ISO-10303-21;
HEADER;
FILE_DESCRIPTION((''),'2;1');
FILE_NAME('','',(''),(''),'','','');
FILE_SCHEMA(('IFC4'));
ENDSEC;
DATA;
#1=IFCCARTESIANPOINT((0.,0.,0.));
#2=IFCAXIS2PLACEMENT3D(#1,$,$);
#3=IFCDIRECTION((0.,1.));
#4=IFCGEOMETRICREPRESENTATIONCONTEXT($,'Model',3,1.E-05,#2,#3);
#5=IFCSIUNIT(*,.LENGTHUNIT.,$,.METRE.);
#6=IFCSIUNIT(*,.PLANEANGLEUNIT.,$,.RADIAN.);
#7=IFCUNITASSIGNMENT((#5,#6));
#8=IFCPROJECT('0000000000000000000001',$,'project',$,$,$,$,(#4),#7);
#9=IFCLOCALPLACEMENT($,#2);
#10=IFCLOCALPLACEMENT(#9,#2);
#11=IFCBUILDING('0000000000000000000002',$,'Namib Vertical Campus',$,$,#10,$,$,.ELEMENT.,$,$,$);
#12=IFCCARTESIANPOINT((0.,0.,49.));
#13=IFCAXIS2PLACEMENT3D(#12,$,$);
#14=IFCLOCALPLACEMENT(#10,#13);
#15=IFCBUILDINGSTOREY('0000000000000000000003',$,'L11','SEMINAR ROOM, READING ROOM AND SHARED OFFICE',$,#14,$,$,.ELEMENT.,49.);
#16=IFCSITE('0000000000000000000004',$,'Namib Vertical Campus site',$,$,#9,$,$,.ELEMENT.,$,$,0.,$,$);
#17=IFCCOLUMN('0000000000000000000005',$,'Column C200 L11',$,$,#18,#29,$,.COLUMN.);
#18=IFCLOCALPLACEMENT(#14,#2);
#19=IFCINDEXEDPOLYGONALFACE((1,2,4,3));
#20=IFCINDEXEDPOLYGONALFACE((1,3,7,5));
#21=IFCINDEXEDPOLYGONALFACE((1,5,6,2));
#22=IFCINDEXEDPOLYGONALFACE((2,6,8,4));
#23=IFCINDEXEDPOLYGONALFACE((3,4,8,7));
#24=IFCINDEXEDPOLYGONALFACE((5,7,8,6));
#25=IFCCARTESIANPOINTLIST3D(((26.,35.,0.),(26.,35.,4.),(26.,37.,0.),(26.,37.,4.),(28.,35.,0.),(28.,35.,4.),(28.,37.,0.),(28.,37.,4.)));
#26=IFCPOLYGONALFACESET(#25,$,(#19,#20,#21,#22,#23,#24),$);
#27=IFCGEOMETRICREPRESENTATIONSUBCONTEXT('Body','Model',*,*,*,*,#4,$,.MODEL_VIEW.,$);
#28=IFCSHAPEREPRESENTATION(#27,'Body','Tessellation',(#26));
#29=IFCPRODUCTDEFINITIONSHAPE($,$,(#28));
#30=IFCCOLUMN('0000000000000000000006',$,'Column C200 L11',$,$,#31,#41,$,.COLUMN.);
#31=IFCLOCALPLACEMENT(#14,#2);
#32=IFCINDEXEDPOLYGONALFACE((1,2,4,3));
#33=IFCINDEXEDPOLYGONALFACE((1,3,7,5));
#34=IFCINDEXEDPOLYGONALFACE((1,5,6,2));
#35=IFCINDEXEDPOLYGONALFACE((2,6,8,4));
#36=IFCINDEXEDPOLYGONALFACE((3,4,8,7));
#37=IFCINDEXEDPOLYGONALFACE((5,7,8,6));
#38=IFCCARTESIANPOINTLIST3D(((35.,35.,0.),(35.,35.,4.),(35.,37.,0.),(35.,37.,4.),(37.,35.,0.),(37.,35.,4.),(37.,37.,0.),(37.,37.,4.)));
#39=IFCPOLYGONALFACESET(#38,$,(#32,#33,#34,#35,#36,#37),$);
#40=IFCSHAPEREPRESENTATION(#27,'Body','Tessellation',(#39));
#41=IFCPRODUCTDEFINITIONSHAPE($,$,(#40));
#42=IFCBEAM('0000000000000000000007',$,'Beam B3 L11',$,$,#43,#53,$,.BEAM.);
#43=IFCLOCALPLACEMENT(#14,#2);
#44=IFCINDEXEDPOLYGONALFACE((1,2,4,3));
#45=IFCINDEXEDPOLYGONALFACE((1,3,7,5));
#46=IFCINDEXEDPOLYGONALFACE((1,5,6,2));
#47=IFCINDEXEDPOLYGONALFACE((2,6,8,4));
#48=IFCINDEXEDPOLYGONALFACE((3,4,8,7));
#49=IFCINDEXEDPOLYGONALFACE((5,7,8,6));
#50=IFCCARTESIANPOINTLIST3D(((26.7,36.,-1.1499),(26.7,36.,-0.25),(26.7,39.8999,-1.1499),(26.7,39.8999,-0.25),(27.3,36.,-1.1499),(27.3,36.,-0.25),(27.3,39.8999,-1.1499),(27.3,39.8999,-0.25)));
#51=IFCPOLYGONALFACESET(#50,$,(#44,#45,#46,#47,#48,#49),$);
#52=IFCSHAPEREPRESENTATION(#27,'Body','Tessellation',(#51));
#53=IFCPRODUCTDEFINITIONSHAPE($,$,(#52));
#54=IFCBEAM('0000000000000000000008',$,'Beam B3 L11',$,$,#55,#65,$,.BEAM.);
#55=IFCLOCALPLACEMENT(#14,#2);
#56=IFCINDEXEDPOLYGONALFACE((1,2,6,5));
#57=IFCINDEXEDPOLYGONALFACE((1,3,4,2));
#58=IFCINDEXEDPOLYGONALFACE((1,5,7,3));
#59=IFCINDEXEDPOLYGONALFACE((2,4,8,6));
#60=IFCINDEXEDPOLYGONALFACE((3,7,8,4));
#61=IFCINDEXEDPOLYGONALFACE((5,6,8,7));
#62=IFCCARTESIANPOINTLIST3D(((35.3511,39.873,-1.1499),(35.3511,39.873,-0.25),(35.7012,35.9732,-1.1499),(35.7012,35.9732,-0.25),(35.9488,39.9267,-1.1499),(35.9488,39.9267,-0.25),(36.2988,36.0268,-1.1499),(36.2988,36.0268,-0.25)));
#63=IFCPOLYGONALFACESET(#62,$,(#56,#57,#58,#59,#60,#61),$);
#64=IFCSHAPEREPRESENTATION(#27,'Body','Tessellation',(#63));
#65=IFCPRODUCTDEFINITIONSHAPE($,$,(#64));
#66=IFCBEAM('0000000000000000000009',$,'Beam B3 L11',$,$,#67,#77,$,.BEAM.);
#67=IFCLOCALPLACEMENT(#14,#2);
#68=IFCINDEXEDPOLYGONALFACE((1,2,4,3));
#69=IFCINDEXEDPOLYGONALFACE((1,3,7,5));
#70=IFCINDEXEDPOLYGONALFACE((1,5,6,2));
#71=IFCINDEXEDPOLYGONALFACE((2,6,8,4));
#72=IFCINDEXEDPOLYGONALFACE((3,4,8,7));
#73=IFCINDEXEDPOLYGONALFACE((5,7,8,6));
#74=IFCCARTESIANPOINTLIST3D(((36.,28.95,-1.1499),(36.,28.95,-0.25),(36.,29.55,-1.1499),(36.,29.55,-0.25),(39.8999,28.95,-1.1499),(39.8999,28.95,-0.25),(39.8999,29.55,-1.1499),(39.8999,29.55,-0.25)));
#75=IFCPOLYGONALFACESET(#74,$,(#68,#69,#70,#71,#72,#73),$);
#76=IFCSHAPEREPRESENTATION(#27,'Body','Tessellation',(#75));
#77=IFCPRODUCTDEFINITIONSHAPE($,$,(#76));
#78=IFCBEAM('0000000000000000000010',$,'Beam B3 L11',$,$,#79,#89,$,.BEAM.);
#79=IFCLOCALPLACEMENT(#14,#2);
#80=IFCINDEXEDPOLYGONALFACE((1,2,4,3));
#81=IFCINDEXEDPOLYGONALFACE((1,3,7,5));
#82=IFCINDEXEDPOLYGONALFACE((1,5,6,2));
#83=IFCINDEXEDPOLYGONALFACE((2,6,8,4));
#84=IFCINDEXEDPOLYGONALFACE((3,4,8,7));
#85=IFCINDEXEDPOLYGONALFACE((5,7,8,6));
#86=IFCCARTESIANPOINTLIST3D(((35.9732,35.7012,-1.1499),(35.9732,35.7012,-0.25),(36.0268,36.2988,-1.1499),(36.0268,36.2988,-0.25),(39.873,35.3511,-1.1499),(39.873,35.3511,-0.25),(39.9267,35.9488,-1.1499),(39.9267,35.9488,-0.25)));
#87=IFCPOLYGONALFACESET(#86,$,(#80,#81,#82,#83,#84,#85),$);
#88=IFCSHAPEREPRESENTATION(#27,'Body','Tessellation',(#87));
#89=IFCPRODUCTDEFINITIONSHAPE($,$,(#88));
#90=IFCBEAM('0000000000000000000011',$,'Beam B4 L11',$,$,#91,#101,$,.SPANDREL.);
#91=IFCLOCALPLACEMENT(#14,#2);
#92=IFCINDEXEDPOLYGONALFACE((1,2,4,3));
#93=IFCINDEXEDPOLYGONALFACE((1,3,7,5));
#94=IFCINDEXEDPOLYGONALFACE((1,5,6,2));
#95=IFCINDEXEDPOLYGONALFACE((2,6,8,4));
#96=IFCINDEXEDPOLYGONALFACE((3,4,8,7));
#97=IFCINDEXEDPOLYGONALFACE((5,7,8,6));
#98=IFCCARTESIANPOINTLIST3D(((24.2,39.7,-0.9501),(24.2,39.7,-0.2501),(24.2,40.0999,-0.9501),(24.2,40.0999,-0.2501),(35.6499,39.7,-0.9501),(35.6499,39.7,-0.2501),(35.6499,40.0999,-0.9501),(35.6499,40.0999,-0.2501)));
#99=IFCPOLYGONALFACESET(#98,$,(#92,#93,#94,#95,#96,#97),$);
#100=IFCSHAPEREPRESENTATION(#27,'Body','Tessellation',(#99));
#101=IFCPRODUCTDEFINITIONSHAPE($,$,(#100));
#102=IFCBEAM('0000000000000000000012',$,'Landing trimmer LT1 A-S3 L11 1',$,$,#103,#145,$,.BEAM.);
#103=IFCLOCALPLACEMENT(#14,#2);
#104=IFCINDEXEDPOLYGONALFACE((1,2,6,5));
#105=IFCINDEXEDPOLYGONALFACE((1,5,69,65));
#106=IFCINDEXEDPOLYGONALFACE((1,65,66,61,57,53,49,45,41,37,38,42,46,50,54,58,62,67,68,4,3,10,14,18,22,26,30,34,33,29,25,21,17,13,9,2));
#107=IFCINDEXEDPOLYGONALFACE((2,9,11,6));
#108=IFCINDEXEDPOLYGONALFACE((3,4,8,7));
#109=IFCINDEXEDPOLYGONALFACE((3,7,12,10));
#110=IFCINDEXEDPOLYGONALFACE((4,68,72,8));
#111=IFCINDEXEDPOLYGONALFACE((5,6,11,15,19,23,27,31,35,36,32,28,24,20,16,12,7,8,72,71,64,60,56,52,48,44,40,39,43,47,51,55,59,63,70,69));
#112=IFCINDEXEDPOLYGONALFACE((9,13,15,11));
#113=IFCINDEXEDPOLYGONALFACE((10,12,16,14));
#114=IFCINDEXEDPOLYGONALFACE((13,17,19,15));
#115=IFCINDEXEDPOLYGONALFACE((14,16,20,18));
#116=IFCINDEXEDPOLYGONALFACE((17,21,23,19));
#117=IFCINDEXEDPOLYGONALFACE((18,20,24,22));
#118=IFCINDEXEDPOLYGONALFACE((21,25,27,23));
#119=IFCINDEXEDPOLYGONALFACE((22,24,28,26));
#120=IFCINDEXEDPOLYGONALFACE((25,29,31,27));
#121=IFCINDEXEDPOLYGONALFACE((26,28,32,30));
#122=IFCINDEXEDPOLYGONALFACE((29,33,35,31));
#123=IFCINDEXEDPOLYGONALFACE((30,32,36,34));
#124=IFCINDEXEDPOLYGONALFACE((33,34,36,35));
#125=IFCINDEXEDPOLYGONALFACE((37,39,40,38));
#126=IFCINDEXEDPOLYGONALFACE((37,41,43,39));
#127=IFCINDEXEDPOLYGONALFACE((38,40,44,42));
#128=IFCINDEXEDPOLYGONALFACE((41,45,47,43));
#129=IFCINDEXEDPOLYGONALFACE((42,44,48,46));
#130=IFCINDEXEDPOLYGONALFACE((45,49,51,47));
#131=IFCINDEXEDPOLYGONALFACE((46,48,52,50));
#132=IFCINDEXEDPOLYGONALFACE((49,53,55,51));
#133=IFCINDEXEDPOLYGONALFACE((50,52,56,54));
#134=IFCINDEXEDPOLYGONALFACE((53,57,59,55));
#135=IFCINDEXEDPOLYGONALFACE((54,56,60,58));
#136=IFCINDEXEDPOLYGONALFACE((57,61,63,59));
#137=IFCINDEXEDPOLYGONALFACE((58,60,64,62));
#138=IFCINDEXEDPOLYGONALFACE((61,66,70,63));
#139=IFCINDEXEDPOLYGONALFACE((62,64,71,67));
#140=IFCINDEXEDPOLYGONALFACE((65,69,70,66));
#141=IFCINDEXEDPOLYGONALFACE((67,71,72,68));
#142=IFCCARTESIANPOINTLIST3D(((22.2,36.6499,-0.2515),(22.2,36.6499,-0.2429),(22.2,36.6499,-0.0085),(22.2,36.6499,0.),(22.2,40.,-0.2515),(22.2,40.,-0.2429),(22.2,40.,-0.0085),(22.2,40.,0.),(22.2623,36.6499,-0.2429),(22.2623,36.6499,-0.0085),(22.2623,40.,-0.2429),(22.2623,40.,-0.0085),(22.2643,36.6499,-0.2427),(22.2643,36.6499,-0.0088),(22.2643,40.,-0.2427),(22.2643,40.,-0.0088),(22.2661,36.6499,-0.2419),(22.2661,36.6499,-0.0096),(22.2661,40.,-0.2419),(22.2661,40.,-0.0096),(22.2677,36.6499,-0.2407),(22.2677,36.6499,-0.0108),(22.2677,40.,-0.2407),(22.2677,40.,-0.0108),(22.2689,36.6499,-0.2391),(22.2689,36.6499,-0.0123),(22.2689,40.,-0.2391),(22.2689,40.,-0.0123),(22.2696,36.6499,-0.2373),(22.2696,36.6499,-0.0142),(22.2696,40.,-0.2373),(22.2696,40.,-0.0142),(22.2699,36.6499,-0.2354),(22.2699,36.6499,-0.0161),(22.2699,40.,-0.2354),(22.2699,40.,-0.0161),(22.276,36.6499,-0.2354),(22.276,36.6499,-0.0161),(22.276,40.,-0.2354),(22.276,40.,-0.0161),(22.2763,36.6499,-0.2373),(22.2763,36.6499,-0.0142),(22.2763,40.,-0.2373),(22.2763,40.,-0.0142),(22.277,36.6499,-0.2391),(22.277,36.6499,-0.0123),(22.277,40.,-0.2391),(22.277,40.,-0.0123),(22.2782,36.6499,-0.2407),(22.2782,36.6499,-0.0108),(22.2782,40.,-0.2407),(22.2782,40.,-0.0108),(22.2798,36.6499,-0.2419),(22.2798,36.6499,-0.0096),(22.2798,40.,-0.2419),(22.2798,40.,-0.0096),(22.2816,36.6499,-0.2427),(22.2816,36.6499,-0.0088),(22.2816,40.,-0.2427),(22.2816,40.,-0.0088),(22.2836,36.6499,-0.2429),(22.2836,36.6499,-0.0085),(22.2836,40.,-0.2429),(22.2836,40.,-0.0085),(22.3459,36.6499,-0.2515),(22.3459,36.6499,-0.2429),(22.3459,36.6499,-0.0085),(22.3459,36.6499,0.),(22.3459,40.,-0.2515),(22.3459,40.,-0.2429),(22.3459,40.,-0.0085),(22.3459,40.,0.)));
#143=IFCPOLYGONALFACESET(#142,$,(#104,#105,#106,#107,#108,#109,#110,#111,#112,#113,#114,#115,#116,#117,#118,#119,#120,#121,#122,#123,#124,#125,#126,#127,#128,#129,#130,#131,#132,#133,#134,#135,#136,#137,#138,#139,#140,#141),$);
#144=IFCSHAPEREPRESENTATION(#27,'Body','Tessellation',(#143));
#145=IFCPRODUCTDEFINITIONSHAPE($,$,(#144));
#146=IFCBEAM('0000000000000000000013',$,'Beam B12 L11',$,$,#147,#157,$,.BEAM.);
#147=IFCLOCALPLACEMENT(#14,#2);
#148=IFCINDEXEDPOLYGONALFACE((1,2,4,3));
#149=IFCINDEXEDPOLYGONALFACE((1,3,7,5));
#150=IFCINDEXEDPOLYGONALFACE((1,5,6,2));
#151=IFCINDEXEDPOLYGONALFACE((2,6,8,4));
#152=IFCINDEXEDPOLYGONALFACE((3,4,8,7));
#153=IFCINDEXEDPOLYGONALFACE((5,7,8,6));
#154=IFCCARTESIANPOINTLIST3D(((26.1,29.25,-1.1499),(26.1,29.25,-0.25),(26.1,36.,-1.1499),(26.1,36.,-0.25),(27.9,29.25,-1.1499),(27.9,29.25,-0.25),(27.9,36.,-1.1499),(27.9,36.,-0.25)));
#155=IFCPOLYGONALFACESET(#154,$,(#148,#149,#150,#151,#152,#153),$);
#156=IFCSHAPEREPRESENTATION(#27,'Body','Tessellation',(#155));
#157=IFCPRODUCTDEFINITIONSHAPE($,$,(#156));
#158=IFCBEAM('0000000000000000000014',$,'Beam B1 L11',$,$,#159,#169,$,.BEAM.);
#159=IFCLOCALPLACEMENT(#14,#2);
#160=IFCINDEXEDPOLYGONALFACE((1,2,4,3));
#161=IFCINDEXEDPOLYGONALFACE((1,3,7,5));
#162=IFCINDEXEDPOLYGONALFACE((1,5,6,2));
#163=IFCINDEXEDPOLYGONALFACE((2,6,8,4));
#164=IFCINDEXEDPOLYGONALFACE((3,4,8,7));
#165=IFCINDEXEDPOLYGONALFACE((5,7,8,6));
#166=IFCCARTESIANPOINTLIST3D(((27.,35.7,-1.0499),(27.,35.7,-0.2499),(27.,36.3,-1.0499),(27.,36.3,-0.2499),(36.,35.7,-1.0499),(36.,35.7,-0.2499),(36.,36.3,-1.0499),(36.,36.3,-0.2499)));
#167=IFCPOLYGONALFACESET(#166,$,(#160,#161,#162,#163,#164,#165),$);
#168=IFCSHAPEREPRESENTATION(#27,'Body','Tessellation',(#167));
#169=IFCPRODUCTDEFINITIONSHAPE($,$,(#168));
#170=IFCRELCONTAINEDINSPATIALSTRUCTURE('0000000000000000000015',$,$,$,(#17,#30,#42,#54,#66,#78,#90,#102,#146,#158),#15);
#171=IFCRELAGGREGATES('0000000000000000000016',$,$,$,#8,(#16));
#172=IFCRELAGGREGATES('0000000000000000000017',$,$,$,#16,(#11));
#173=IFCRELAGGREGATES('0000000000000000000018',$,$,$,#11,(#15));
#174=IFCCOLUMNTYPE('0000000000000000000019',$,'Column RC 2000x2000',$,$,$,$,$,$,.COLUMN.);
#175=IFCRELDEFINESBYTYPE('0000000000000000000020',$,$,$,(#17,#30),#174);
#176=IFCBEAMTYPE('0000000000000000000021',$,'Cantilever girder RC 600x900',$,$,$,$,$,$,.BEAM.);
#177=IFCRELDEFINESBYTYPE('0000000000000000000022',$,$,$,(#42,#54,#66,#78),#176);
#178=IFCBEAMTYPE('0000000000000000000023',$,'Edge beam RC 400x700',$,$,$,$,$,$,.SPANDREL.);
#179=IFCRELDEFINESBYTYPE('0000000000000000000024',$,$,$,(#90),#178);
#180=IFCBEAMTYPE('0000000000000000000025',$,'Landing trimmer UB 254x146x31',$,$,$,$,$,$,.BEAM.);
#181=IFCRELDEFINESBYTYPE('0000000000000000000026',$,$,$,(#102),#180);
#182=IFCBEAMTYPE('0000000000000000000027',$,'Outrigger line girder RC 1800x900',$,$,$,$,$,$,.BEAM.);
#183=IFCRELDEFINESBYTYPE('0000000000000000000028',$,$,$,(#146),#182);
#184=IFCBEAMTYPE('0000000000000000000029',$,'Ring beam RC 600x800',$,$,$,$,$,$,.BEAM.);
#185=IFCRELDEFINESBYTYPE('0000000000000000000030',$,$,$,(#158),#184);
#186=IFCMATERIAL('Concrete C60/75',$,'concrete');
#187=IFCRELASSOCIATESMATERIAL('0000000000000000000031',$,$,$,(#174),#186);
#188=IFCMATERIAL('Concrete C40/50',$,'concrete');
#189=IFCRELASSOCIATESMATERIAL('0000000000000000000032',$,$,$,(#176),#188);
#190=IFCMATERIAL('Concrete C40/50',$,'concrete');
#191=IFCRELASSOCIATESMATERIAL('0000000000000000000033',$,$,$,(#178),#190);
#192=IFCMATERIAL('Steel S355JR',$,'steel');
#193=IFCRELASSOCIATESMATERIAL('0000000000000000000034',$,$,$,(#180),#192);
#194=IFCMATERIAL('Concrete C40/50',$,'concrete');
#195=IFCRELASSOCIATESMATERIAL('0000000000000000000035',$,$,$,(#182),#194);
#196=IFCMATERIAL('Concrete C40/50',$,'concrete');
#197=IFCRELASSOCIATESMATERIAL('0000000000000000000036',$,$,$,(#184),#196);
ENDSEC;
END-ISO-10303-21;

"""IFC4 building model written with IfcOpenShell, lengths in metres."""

from ifc_helpers import new_model, si_unit, direction, frame, origin, origin_2d, place, context, subcontext, project, spatial, rectangle, i_section, extrude, material, material_profile, profile_set, type_object, element, save


model = new_model("IFC4")

# Units and contexts
model_context = context("Model", 3, precision=1e-05, world=origin(), true_north=direction((0.0, 1.0)))
body_context = subcontext(model_context, "Body", "Model", "MODEL_VIEW")
ifc_project = project(units=[si_unit("LENGTHUNIT", "METRE"), si_unit("PLANEANGLEUNIT", "RADIAN")], contexts=[model_context])

# Site, building, storey
site_placement = place(None, origin())
site = spatial("IfcSite", under=ifc_project, at=site_placement, Name="Namib Vertical Campus site", CompositionType="ELEMENT", RefElevation=0.0)
building_placement = place(site_placement, origin())
building = spatial("IfcBuilding", under=site, at=building_placement, Name="Namib Vertical Campus", CompositionType="ELEMENT")
storey_placement = place(building_placement, frame((0.0, 0.0, 49.0)))
storey = spatial("IfcBuildingStorey", under=building, at=storey_placement, Name="L11", Description="SEMINAR ROOM, READING ROOM AND SHARED OFFICE", CompositionType="ELEMENT", Elevation=49.0)

# Columns
ifc_material_1 = material(Name="Concrete C60/75", Category="concrete")
ifc_material_profile_1 = material_profile(ifc_material_1, rectangle(XDim=2.0, YDim=2.0, at=origin_2d()))
ifc_profile_set_1 = profile_set([ifc_material_profile_1], Name="Concrete C60/75")
column_type = type_object("IfcColumnType", Name="Column RC 2000x2000", PredefinedType="COLUMN", material=ifc_profile_set_1)
for number, where, z_axis, x_axis, name in (
    (1, (27.0, 36.0, 0.0), (0.0, 0.0, 1.0), (1.0, 0.0, 0.0), "Column C200 L11"),
    (2, (36.0, 36.0, 0.0), (0.0, 0.0, 1.0), (1.0, 0.0, 0.0), "Column C200 L11"),
):
    element("IfcColumn", number, at=place(storey_placement, frame(where, z_axis=z_axis, x_axis=x_axis)), inside=storey, type_object=column_type, Name=name, PredefinedType="COLUMN", context=body_context, shape_type="SweptSolid", body=[
        extrude(rectangle(XDim=2.0, YDim=2.0, at=origin_2d()), origin(), (0.0, 0.0, 1.0), 4.0),
    ])

# Beams
ifc_material_2 = material(Name="Concrete C40/50", Category="concrete")
ifc_material_profile_2 = material_profile(ifc_material_2, rectangle(XDim=0.6001, YDim=0.8999, at=origin_2d()))
ifc_profile_set_2 = profile_set([ifc_material_profile_2], Name="Concrete C40/50")
beam_type_1 = type_object("IfcBeamType", Name="Cantilever girder RC 600x900", PredefinedType="BEAM", material=ifc_profile_set_2)
beam_1_placement = place(storey_placement, frame((27.0, 36.0, -0.7), z_axis=(0.0, 1.0, 0.0), x_axis=(-1.0, 0.0, 0.0)))
element("IfcBeam", 3, at=beam_1_placement, inside=storey, type_object=beam_type_1, Name="Beam B3 L11", PredefinedType="BEAM", context=body_context, shape_type="SweptSolid", body=[
    extrude(rectangle(XDim=0.6001, YDim=0.8999, at=origin_2d()), origin(), (0.0, 0.0, 1.0), 3.8999),
])
beam_2_placement = place(storey_placement, frame((36.0, 36.0, -0.7), z_axis=(-0.089411, 0.995995, 0.0), x_axis=(-0.995995, -0.089411, 0.0)))
element("IfcBeam", 4, at=beam_2_placement, inside=storey, type_object=beam_type_1, Name="Beam B3 L11", PredefinedType="BEAM", context=body_context, shape_type="SweptSolid", body=[
    extrude(rectangle(XDim=0.6001, YDim=0.8999, at=origin_2d()), origin(), (0.0, 0.0, 1.0), 3.9155),
])
beam_3_placement = place(storey_placement, frame((36.0, 29.25, -0.7), z_axis=(1.0, 0.0, 0.0), x_axis=(0.0, 1.0, 0.0)))
element("IfcBeam", 5, at=beam_3_placement, inside=storey, type_object=beam_type_1, Name="Beam B3 L11", PredefinedType="BEAM", context=body_context, shape_type="SweptSolid", body=[
    extrude(rectangle(XDim=0.6001, YDim=0.8999, at=origin_2d()), origin(), (0.0, 0.0, 1.0), 3.8999),
])
beam_4_placement = place(storey_placement, frame((36.0, 36.0, -0.7), z_axis=(0.995995, -0.089411, 0.0), x_axis=(0.089411, 0.995995, 0.0)))
element("IfcBeam", 6, at=beam_4_placement, inside=storey, type_object=beam_type_1, Name="Beam B3 L11", PredefinedType="BEAM", context=body_context, shape_type="SweptSolid", body=[
    extrude(rectangle(XDim=0.6001, YDim=0.8999, at=origin_2d()), origin(), (0.0, 0.0, 1.0), 3.9155),
])
ifc_material_3 = material(Name="Concrete C40/50", Category="concrete")
ifc_material_profile_3 = material_profile(ifc_material_3, rectangle(XDim=0.3999, YDim=0.7, at=origin_2d()))
ifc_profile_set_3 = profile_set([ifc_material_profile_3], Name="Concrete C40/50")
beam_type_2 = type_object("IfcBeamType", Name="Edge beam RC 400x700", PredefinedType="SPANDREL", material=ifc_profile_set_3)
beam_5_placement = place(storey_placement, frame((24.2, 39.8999, -0.6001), z_axis=(1.0, 0.0, 0.0), x_axis=(0.0, 1.0, 0.0)))
element("IfcBeam", 7, at=beam_5_placement, inside=storey, type_object=beam_type_2, Name="Beam B4 L11", PredefinedType="SPANDREL", context=body_context, shape_type="SweptSolid", body=[
    extrude(rectangle(XDim=0.3999, YDim=0.7, at=origin_2d()), origin(), (0.0, 0.0, 1.0), 11.45),
])
ifc_material_4 = material(Name="Steel S355JR", Category="steel")
ifc_material_profile_4 = material_profile(ifc_material_4, i_section(OverallWidth=0.146, OverallDepth=0.2515, WebThickness=0.0061, FlangeThickness=0.0085, FilletRadius=0.0076, at=origin_2d()))
ifc_profile_set_4 = profile_set([ifc_material_profile_4], Name="Steel S355JR")
beam_type_3 = type_object("IfcBeamType", Name="Landing trimmer UB 254x146x31", PredefinedType="BEAM", material=ifc_profile_set_4)
beam_6_placement = place(storey_placement, frame((22.2729, 36.6499, -0.1257), z_axis=(0.0, 1.0, 0.0), x_axis=(-1.0, 0.0, 0.0)))
element("IfcBeam", 8, at=beam_6_placement, inside=storey, type_object=beam_type_3, Name="Landing trimmer LT1 A-S3 L11 1", PredefinedType="BEAM", context=body_context, shape_type="SweptSolid", body=[
    extrude(i_section(OverallWidth=0.146, OverallDepth=0.2515, WebThickness=0.0061, FlangeThickness=0.0085, FilletRadius=0.0076, at=origin_2d()), origin(), (0.0, 0.0, 1.0), 3.3501),
])
ifc_material_5 = material(Name="Concrete C40/50", Category="concrete")
ifc_material_profile_5 = material_profile(ifc_material_5, rectangle(XDim=1.8, YDim=0.8999, at=origin_2d()))
ifc_profile_set_5 = profile_set([ifc_material_profile_5], Name="Concrete C40/50")
beam_type_4 = type_object("IfcBeamType", Name="Outrigger line girder RC 1800x900", PredefinedType="BEAM", material=ifc_profile_set_5)
beam_7_placement = place(storey_placement, frame((27.0, 36.0, -0.7), z_axis=(0.0, -1.0, 0.0), x_axis=(1.0, 0.0, 0.0)))
element("IfcBeam", 9, at=beam_7_placement, inside=storey, type_object=beam_type_4, Name="Beam B12 L11", PredefinedType="BEAM", context=body_context, shape_type="SweptSolid", body=[
    extrude(rectangle(XDim=1.8, YDim=0.8999, at=origin_2d()), origin(), (0.0, 0.0, 1.0), 6.75),
])
ifc_material_6 = material(Name="Concrete C40/50", Category="concrete")
ifc_material_profile_6 = material_profile(ifc_material_6, rectangle(XDim=0.6001, YDim=0.8, at=origin_2d()))
ifc_profile_set_6 = profile_set([ifc_material_profile_6], Name="Concrete C40/50")
beam_type_5 = type_object("IfcBeamType", Name="Ring beam RC 600x800", PredefinedType="BEAM", material=ifc_profile_set_6)
beam_8_placement = place(storey_placement, frame((27.0, 36.0, -0.6499), z_axis=(1.0, 0.0, 0.0), x_axis=(0.0, 1.0, 0.0)))
element("IfcBeam", 10, at=beam_8_placement, inside=storey, type_object=beam_type_5, Name="Beam B1 L11", PredefinedType="BEAM", context=body_context, shape_type="SweptSolid", body=[
    extrude(rectangle(XDim=0.6001, YDim=0.8, at=origin_2d()), origin(), (0.0, 0.0, 1.0), 9.0),
])

save(model, "model.ifc")
